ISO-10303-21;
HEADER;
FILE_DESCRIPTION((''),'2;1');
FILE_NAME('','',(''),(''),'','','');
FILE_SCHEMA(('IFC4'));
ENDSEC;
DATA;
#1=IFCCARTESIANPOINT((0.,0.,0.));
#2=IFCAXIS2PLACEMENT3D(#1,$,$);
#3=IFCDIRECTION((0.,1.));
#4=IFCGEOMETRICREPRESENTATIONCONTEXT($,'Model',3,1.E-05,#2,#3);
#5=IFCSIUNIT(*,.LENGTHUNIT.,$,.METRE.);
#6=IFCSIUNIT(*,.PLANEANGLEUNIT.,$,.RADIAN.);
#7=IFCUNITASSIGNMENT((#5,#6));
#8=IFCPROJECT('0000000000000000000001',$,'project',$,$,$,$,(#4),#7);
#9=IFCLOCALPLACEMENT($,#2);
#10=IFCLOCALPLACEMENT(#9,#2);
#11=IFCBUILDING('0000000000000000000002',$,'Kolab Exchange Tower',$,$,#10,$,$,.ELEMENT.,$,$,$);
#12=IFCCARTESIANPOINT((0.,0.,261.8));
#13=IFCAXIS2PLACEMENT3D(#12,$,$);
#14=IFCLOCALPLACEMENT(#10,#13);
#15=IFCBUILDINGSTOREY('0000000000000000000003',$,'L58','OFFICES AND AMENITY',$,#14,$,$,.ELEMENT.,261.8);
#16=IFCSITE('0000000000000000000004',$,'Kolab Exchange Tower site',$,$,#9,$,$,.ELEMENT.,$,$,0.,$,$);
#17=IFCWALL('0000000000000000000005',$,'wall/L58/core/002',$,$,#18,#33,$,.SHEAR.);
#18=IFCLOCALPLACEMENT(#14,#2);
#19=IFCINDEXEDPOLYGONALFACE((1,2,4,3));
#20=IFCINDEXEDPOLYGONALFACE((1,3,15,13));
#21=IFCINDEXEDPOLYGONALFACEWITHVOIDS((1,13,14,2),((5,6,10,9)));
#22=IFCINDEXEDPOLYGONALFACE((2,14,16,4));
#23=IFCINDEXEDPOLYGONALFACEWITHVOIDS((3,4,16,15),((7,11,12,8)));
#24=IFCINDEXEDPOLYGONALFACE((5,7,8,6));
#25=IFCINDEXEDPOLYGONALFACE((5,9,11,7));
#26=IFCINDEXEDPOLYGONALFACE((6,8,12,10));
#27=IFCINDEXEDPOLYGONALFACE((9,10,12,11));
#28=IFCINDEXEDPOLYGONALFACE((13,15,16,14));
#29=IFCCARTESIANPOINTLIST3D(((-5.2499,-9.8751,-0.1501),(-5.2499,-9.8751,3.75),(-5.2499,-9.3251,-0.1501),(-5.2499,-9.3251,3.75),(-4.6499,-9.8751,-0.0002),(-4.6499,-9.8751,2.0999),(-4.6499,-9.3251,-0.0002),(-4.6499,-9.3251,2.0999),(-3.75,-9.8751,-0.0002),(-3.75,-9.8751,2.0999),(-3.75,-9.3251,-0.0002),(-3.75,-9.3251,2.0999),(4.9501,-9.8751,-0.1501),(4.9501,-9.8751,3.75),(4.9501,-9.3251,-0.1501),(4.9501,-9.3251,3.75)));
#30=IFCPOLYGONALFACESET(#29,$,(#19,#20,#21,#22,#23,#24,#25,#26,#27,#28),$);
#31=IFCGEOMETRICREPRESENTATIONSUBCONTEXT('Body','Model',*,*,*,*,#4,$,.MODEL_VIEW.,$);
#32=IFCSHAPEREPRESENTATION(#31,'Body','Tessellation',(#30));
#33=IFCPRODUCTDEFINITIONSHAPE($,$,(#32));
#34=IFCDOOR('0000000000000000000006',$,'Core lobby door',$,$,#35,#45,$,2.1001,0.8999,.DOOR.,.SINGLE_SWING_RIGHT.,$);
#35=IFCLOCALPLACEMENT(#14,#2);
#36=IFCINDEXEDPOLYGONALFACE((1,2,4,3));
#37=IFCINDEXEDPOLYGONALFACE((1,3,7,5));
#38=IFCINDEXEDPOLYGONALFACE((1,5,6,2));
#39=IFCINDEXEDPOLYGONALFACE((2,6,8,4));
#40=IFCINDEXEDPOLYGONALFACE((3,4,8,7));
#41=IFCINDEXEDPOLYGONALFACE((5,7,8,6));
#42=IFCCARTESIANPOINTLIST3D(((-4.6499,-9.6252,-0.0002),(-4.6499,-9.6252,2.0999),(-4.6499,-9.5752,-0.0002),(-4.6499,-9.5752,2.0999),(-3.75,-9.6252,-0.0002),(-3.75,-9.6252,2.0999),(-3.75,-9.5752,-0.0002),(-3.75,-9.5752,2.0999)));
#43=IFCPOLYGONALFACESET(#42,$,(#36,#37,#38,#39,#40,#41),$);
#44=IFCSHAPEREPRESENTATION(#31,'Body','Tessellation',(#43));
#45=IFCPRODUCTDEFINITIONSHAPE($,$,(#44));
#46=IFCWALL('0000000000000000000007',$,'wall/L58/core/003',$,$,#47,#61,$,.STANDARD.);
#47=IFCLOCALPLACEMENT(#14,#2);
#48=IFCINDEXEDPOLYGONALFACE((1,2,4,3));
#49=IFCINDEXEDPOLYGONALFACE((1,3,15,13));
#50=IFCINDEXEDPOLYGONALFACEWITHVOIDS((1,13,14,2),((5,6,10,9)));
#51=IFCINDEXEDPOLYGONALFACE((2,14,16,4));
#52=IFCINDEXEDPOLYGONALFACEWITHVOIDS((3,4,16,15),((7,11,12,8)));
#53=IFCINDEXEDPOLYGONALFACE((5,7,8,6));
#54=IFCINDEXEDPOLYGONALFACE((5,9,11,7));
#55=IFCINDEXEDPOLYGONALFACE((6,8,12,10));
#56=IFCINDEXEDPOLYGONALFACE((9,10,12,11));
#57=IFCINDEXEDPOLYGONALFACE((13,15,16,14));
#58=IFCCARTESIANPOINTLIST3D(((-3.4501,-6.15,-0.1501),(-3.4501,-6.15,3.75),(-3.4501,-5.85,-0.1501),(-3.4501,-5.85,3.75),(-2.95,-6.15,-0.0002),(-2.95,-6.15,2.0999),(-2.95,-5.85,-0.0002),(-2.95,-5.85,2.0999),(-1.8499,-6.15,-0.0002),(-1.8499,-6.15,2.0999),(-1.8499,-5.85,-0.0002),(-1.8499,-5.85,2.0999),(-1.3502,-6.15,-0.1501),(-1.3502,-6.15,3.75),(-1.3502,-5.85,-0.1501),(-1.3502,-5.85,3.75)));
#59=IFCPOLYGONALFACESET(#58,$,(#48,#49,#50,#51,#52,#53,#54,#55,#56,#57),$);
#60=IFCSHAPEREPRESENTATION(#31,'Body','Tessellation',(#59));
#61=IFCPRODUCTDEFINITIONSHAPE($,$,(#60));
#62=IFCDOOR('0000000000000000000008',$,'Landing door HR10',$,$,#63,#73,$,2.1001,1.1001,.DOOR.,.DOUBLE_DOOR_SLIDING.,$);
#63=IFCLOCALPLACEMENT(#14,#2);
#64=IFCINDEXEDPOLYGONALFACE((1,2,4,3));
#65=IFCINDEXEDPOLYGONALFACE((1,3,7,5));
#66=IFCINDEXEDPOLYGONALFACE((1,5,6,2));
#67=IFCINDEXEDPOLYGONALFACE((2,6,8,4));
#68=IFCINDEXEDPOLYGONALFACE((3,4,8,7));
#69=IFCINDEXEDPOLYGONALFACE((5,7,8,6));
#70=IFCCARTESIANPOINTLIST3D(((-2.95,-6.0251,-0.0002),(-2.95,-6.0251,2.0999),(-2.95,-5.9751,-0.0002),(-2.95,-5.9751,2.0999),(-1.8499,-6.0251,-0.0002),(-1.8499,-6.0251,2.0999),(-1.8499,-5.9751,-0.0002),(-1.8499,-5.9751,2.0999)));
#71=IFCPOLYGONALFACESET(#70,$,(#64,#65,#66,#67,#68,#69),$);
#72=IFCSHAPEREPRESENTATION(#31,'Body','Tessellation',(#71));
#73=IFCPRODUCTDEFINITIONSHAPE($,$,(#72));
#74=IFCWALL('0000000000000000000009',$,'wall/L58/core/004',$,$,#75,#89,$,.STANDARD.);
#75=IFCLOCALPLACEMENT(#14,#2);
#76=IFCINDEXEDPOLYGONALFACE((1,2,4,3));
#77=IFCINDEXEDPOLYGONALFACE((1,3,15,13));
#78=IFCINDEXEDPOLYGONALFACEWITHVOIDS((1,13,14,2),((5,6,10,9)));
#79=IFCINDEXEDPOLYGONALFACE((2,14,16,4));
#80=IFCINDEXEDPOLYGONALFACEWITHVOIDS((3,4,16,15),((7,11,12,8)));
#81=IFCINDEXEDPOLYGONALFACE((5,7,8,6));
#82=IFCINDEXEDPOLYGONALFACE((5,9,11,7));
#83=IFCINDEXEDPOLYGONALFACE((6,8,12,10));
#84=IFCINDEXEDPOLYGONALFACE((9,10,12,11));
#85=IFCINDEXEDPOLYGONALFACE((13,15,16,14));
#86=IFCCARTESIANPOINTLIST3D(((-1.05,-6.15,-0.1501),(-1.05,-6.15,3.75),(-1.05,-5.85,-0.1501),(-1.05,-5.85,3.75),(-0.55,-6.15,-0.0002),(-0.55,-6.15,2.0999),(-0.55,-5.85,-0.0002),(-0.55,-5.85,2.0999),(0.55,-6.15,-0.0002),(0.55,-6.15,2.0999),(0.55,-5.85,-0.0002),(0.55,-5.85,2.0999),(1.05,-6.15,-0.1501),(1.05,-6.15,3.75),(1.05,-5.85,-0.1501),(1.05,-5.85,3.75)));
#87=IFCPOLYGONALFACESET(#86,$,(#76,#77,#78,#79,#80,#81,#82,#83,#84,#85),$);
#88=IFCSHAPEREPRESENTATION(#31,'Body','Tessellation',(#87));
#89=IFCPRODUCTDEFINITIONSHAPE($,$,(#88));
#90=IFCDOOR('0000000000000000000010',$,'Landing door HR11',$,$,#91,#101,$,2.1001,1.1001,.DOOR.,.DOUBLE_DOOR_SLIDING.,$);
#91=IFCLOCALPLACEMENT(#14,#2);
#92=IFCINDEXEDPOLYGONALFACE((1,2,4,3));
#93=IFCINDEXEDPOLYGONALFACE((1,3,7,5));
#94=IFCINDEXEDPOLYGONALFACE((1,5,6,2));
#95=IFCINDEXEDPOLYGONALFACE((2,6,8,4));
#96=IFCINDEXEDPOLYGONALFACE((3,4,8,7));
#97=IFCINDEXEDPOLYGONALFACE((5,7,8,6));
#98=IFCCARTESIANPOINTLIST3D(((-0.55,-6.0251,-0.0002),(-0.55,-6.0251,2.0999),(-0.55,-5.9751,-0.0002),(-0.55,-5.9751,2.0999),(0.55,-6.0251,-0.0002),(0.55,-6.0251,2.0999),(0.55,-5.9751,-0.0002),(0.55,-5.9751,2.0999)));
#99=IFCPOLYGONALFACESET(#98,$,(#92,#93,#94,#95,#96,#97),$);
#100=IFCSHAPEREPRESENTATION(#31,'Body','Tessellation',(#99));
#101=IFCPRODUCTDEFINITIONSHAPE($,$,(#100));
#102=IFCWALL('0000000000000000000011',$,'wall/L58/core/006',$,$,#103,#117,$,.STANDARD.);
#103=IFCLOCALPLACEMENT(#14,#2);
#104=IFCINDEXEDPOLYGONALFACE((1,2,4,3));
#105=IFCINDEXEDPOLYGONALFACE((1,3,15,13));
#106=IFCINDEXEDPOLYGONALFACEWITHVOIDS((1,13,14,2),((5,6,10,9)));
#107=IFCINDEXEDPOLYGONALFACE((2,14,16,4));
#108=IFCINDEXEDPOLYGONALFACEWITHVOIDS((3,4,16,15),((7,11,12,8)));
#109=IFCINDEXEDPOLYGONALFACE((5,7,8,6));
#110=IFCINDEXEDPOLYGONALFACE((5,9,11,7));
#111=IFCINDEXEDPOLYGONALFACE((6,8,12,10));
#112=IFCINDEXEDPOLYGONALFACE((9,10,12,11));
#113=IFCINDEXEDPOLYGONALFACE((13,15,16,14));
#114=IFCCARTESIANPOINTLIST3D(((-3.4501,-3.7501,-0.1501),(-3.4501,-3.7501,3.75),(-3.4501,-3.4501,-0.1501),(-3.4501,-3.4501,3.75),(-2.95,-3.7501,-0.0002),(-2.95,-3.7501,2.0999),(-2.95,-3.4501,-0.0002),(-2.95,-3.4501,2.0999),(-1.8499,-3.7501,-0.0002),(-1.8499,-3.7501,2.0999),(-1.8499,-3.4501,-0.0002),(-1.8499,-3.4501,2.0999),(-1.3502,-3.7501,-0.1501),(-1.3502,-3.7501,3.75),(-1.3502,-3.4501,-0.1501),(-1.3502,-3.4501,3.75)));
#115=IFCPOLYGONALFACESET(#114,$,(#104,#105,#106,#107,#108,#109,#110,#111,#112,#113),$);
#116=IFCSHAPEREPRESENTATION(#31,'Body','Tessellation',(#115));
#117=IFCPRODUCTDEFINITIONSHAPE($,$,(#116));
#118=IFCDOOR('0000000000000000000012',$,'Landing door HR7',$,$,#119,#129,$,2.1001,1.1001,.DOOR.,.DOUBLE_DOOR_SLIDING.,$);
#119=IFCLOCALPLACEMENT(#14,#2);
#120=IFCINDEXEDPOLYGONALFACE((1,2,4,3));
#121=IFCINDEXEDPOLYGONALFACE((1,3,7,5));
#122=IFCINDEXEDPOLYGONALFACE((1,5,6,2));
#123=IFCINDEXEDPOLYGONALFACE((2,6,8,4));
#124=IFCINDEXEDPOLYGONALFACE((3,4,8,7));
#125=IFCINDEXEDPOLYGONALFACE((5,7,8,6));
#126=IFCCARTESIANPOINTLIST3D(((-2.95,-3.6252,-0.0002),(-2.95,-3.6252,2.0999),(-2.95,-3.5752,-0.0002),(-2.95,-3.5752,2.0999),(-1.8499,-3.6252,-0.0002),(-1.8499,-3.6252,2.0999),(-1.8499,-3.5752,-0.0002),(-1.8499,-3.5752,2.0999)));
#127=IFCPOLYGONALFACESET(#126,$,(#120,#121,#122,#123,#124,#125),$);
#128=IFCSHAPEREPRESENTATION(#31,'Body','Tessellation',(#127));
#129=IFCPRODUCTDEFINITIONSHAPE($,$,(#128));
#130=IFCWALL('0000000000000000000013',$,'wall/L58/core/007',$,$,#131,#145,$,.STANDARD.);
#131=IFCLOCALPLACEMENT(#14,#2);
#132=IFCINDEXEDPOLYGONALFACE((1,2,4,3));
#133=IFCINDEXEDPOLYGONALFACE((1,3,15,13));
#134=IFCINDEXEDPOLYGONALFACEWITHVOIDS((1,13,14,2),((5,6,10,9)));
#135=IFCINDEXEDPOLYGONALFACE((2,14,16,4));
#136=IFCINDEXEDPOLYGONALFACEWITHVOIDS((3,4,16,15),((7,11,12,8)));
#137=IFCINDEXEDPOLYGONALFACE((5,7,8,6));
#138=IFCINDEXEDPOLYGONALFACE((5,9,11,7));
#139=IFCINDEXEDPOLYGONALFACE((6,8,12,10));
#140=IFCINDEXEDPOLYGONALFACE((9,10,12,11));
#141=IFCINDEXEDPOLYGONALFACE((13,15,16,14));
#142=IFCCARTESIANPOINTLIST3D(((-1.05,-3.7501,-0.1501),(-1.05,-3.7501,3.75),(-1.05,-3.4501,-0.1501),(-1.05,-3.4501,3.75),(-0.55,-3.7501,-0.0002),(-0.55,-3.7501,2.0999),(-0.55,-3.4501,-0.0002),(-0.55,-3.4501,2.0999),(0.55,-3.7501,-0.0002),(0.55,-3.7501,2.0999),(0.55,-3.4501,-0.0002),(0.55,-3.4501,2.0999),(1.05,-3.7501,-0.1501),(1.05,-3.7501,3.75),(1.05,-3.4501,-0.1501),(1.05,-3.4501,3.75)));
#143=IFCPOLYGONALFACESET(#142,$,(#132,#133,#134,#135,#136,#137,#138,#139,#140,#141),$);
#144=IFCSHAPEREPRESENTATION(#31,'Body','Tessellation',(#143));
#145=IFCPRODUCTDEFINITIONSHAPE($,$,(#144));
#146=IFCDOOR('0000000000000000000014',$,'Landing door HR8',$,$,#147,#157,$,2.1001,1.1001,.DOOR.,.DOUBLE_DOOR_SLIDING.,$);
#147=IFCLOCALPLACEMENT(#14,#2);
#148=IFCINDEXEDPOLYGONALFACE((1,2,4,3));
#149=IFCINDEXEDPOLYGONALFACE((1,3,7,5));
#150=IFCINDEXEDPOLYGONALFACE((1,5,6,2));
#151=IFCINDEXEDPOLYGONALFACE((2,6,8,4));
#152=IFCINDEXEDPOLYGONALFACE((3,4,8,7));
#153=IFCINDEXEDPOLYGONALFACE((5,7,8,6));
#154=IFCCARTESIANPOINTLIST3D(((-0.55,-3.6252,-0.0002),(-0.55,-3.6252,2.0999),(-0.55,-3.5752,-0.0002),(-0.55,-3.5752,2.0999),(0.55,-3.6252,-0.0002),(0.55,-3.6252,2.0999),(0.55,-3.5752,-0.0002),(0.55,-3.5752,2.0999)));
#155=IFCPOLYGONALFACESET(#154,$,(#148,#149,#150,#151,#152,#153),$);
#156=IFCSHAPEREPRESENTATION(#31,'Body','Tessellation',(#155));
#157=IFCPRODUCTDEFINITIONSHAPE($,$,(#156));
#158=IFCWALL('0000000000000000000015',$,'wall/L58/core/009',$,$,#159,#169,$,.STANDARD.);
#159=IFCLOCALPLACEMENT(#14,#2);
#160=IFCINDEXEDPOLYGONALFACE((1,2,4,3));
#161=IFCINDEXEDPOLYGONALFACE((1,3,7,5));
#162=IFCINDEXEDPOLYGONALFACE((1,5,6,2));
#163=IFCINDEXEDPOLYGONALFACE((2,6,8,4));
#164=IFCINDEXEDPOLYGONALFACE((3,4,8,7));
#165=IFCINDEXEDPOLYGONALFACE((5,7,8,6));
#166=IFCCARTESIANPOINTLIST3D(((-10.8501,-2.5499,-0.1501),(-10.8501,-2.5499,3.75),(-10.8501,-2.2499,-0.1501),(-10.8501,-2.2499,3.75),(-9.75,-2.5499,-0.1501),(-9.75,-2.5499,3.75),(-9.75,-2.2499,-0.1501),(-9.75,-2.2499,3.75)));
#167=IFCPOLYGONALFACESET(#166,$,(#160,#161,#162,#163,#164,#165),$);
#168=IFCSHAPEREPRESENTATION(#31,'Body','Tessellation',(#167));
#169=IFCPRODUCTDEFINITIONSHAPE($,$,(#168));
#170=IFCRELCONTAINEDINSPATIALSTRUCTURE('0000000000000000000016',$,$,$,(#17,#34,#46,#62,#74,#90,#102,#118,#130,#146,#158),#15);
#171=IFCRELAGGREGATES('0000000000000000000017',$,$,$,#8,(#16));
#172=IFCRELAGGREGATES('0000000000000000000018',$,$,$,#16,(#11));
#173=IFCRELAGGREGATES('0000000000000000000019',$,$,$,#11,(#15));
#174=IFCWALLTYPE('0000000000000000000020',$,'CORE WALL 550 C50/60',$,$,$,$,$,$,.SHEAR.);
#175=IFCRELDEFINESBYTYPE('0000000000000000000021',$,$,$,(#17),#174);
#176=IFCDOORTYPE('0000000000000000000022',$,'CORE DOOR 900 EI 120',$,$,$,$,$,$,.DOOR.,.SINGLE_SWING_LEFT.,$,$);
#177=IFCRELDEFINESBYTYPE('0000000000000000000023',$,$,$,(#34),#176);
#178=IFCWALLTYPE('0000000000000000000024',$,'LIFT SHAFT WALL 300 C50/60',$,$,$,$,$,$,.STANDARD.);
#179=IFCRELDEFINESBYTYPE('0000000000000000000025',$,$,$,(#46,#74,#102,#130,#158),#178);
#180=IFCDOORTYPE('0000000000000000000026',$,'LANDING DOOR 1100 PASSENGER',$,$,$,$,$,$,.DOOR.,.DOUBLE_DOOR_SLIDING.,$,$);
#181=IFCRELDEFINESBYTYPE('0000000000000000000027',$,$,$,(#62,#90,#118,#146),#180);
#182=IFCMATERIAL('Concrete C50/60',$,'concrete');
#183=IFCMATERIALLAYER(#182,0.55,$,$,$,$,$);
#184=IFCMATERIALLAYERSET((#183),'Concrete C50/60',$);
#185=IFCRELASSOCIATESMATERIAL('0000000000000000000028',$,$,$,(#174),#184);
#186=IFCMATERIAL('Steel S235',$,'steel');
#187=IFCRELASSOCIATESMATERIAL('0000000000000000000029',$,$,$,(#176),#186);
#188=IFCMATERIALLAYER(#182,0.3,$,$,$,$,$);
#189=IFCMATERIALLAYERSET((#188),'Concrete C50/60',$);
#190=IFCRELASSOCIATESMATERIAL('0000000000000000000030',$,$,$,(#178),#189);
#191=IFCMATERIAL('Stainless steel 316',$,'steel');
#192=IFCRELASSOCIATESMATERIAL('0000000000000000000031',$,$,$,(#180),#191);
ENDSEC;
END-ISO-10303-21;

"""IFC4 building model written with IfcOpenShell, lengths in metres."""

from ifc_helpers import new_model, si_unit, direction, frame, frame_2d, origin, place, context, subcontext, project, spatial, rectangle, extrude, material, layer, layer_set, type_object, element, fill, save


model = new_model("IFC4")

# Units and contexts
model_context = context("Model", 3, precision=1e-05, world=origin(), true_north=direction((0.0, 1.0)))
body_context = subcontext(model_context, "Body", "Model", "MODEL_VIEW")
ifc_project = project(units=[si_unit("LENGTHUNIT", "METRE"), si_unit("PLANEANGLEUNIT", "RADIAN")], contexts=[model_context])

# Site, building, storey
site_placement = place(None, origin())
site = spatial("IfcSite", under=ifc_project, at=site_placement, Name="Kolab Exchange Tower site", CompositionType="ELEMENT", RefElevation=0.0)
building_placement = place(site_placement, origin())
building = spatial("IfcBuilding", under=site, at=building_placement, Name="Kolab Exchange Tower", CompositionType="ELEMENT")
storey_placement = place(building_placement, frame((0.0, 0.0, 261.8)))
storey = spatial("IfcBuildingStorey", under=building, at=storey_placement, Name="L58", Description="OFFICES AND AMENITY", CompositionType="ELEMENT", Elevation=261.8)

# Walls, openings, doors
ifc_material_1 = material(Name="Concrete C50/60", Category="concrete")
ifc_layer_1 = layer(ifc_material_1, 0.55)
ifc_layer_set_1 = layer_set([ifc_layer_1], Name="Concrete C50/60")
wall_type_1 = type_object("IfcWallType", Name="CORE WALL 550 C50/60", PredefinedType="SHEAR", material=ifc_layer_set_1)
wall_1_placement = place(storey_placement, frame((-5.25, -9.6001, -0.1501), z_axis=(0.0, 0.0, 1.0), x_axis=(1.0, 0.0, 0.0)))
wall_1 = element("IfcWall", 1, at=wall_1_placement, inside=storey, type_object=wall_type_1, Name="wall/L58/core/002", PredefinedType="SHEAR", context=body_context, shape_type="SweptSolid", body=[
    extrude(rectangle(XDim=10.2, YDim=0.55, at=frame_2d((5.1001, 0.0))), origin(), (0.0, 0.0, 1.0), 3.9001),
])
opening_1_placement = place(wall_1_placement, frame((0.6001, 0.0, 0.1499)))
opening_1 = element("IfcOpeningElement", 2, at=opening_1_placement, cuts=wall_1, PredefinedType="OPENING", context=body_context, shape_type="SweptSolid", body=[
    extrude(rectangle(XDim=0.8999, YDim=2.1001, at=frame_2d((0.45, 1.05))), frame((0.0, 0.2852, 0.0), z_axis=(0.0, -1.0, 0.0), x_axis=(1.0, 0.0, 0.0)), (0.0, 0.0, 1.0), 0.5701),
])
ifc_material_2 = material(Name="Steel S235", Category="steel")
door_type_1 = type_object("IfcDoorType", Name="CORE DOOR 900 EI 120", OperationType="SINGLE_SWING_LEFT", PredefinedType="DOOR", material=ifc_material_2)
door_1_placement = place(opening_1_placement, origin())
door_1 = element("IfcDoor", 3, at=door_1_placement, inside=storey, type_object=door_type_1, Name="Core lobby door", OperationType="SINGLE_SWING_RIGHT", OverallHeight=2.1001, OverallWidth=0.8999, PredefinedType="DOOR", context=body_context, shape_type="SweptSolid", body=[
    extrude(rectangle(XDim=0.8999, YDim=2.1001, at=frame_2d((0.45, 1.05))), frame((0.0, 0.0249, 0.0), z_axis=(0.0, -1.0, 0.0), x_axis=(1.0, 0.0, 0.0)), (0.0, 0.0, 1.0), 0.05),
])
fill(opening_1, door_1)
ifc_layer_2 = layer(ifc_material_1, 0.3)
ifc_layer_set_2 = layer_set([ifc_layer_2], Name="Concrete C50/60")
wall_type_2 = type_object("IfcWallType", Name="LIFT SHAFT WALL 300 C50/60", PredefinedType="STANDARD", material=ifc_layer_set_2)
wall_2_placement = place(storey_placement, frame((-3.45, -6.0, -0.1501), z_axis=(0.0, 0.0, 1.0), x_axis=(1.0, 0.0, 0.0)))
wall_2 = element("IfcWall", 4, at=wall_2_placement, inside=storey, type_object=wall_type_2, Name="wall/L58/core/003", PredefinedType="STANDARD", context=body_context, shape_type="SweptSolid", body=[
    extrude(rectangle(XDim=2.0999, YDim=0.3, at=frame_2d((1.0498, 0.0))), origin(), (0.0, 0.0, 1.0), 3.9001),
])
opening_2_placement = place(wall_2_placement, frame((0.5, 0.0, 0.1499)))
opening_2 = element("IfcOpeningElement", 5, at=opening_2_placement, cuts=wall_2, PredefinedType="OPENING", context=body_context, shape_type="SweptSolid", body=[
    extrude(rectangle(XDim=1.1001, YDim=2.1001, at=frame_2d((0.55, 1.05))), frame((0.0, 0.1602, 0.0), z_axis=(0.0, -1.0, 0.0), x_axis=(1.0, 0.0, 0.0)), (0.0, 0.0, 1.0), 0.3201),
])
ifc_material_3 = material(Name="Stainless steel 316", Category="steel")
door_type_2 = type_object("IfcDoorType", Name="LANDING DOOR 1100 PASSENGER", OperationType="DOUBLE_DOOR_SLIDING", PredefinedType="DOOR", material=ifc_material_3)
door_2_placement = place(opening_2_placement, origin())
door_2 = element("IfcDoor", 6, at=door_2_placement, inside=storey, type_object=door_type_2, Name="Landing door HR10", OperationType="DOUBLE_DOOR_SLIDING", OverallHeight=2.1001, OverallWidth=1.1001, PredefinedType="DOOR", context=body_context, shape_type="SweptSolid", body=[
    extrude(rectangle(XDim=1.1001, YDim=2.1001, at=frame_2d((0.55, 1.05))), frame((0.0, 0.0249, 0.0), z_axis=(0.0, -1.0, 0.0), x_axis=(1.0, 0.0, 0.0)), (0.0, 0.0, 1.0), 0.05),
])
fill(opening_2, door_2)
wall_3_placement = place(storey_placement, frame((-1.05, -6.0, -0.1501), z_axis=(0.0, 0.0, 1.0), x_axis=(1.0, 0.0, 0.0)))
wall_3 = element("IfcWall", 7, at=wall_3_placement, inside=storey, type_object=wall_type_2, Name="wall/L58/core/004", PredefinedType="STANDARD", context=body_context, shape_type="SweptSolid", body=[
    extrude(rectangle(XDim=2.1001, YDim=0.3, at=frame_2d((1.05, 0.0))), origin(), (0.0, 0.0, 1.0), 3.9001),
])
opening_3_placement = place(wall_3_placement, frame((0.5, 0.0, 0.1499)))
opening_3 = element("IfcOpeningElement", 8, at=opening_3_placement, cuts=wall_3, PredefinedType="OPENING", context=body_context, shape_type="SweptSolid", body=[
    extrude(rectangle(XDim=1.1001, YDim=2.1001, at=frame_2d((0.55, 1.05))), frame((0.0, 0.1602, 0.0), z_axis=(0.0, -1.0, 0.0), x_axis=(1.0, 0.0, 0.0)), (0.0, 0.0, 1.0), 0.3201),
])
door_3_placement = place(opening_3_placement, origin())
door_3 = element("IfcDoor", 9, at=door_3_placement, inside=storey, type_object=door_type_2, Name="Landing door HR11", OperationType="DOUBLE_DOOR_SLIDING", OverallHeight=2.1001, OverallWidth=1.1001, PredefinedType="DOOR", context=body_context, shape_type="SweptSolid", body=[
    extrude(rectangle(XDim=1.1001, YDim=2.1001, at=frame_2d((0.55, 1.05))), frame((0.0, 0.0249, 0.0), z_axis=(0.0, -1.0, 0.0), x_axis=(1.0, 0.0, 0.0)), (0.0, 0.0, 1.0), 0.05),
])
fill(opening_3, door_3)
wall_4_placement = place(storey_placement, frame((-3.45, -3.6001, -0.1501), z_axis=(0.0, 0.0, 1.0), x_axis=(1.0, 0.0, 0.0)))
wall_4 = element("IfcWall", 10, at=wall_4_placement, inside=storey, type_object=wall_type_2, Name="wall/L58/core/006", PredefinedType="STANDARD", context=body_context, shape_type="SweptSolid", body=[
    extrude(rectangle(XDim=2.0999, YDim=0.3, at=frame_2d((1.0498, 0.0))), origin(), (0.0, 0.0, 1.0), 3.9001),
])
opening_4_placement = place(wall_4_placement, frame((0.5, 0.0, 0.1499)))
opening_4 = element("IfcOpeningElement", 11, at=opening_4_placement, cuts=wall_4, PredefinedType="OPENING", context=body_context, shape_type="SweptSolid", body=[
    extrude(rectangle(XDim=1.1001, YDim=2.1001, at=frame_2d((0.55, 1.05))), frame((0.0, 0.1602, 0.0), z_axis=(0.0, -1.0, 0.0), x_axis=(1.0, 0.0, 0.0)), (0.0, 0.0, 1.0), 0.3201),
])
door_4_placement = place(opening_4_placement, origin())
door_4 = element("IfcDoor", 12, at=door_4_placement, inside=storey, type_object=door_type_2, Name="Landing door HR7", OperationType="DOUBLE_DOOR_SLIDING", OverallHeight=2.1001, OverallWidth=1.1001, PredefinedType="DOOR", context=body_context, shape_type="SweptSolid", body=[
    extrude(rectangle(XDim=1.1001, YDim=2.1001, at=frame_2d((0.55, 1.05))), frame((0.0, 0.0249, 0.0), z_axis=(0.0, -1.0, 0.0), x_axis=(1.0, 0.0, 0.0)), (0.0, 0.0, 1.0), 0.05),
])
fill(opening_4, door_4)
wall_5_placement = place(storey_placement, frame((-1.05, -3.6001, -0.1501), z_axis=(0.0, 0.0, 1.0), x_axis=(1.0, 0.0, 0.0)))
wall_5 = element("IfcWall", 13, at=wall_5_placement, inside=storey, type_object=wall_type_2, Name="wall/L58/core/007", PredefinedType="STANDARD", context=body_context, shape_type="SweptSolid", body=[
    extrude(rectangle(XDim=2.1001, YDim=0.3, at=frame_2d((1.05, 0.0))), origin(), (0.0, 0.0, 1.0), 3.9001),
])
opening_5_placement = place(wall_5_placement, frame((0.5, 0.0, 0.1499)))
opening_5 = element("IfcOpeningElement", 14, at=opening_5_placement, cuts=wall_5, PredefinedType="OPENING", context=body_context, shape_type="SweptSolid", body=[
    extrude(rectangle(XDim=1.1001, YDim=2.1001, at=frame_2d((0.55, 1.05))), frame((0.0, 0.1602, 0.0), z_axis=(0.0, -1.0, 0.0), x_axis=(1.0, 0.0, 0.0)), (0.0, 0.0, 1.0), 0.3201),
])
door_5_placement = place(opening_5_placement, origin())
door_5 = element("IfcDoor", 15, at=door_5_placement, inside=storey, type_object=door_type_2, Name="Landing door HR8", OperationType="DOUBLE_DOOR_SLIDING", OverallHeight=2.1001, OverallWidth=1.1001, PredefinedType="DOOR", context=body_context, shape_type="SweptSolid", body=[
    extrude(rectangle(XDim=1.1001, YDim=2.1001, at=frame_2d((0.55, 1.05))), frame((0.0, 0.0249, 0.0), z_axis=(0.0, -1.0, 0.0), x_axis=(1.0, 0.0, 0.0)), (0.0, 0.0, 1.0), 0.05),
])
fill(opening_5, door_5)

# Wall
wall_6_placement = place(storey_placement, frame((-10.8501, -2.3999, -0.1501), z_axis=(0.0, 0.0, 1.0), x_axis=(1.0, 0.0, 0.0)))
element("IfcWall", 16, at=wall_6_placement, inside=storey, type_object=wall_type_2, Name="wall/L58/core/009", PredefinedType="STANDARD", context=body_context, shape_type="SweptSolid", body=[
    extrude(rectangle(XDim=1.1001, YDim=0.3, at=frame_2d((0.55, 0.0))), origin(), (0.0, 0.0, 1.0), 3.9001),
])

save(model, "model.ifc")
